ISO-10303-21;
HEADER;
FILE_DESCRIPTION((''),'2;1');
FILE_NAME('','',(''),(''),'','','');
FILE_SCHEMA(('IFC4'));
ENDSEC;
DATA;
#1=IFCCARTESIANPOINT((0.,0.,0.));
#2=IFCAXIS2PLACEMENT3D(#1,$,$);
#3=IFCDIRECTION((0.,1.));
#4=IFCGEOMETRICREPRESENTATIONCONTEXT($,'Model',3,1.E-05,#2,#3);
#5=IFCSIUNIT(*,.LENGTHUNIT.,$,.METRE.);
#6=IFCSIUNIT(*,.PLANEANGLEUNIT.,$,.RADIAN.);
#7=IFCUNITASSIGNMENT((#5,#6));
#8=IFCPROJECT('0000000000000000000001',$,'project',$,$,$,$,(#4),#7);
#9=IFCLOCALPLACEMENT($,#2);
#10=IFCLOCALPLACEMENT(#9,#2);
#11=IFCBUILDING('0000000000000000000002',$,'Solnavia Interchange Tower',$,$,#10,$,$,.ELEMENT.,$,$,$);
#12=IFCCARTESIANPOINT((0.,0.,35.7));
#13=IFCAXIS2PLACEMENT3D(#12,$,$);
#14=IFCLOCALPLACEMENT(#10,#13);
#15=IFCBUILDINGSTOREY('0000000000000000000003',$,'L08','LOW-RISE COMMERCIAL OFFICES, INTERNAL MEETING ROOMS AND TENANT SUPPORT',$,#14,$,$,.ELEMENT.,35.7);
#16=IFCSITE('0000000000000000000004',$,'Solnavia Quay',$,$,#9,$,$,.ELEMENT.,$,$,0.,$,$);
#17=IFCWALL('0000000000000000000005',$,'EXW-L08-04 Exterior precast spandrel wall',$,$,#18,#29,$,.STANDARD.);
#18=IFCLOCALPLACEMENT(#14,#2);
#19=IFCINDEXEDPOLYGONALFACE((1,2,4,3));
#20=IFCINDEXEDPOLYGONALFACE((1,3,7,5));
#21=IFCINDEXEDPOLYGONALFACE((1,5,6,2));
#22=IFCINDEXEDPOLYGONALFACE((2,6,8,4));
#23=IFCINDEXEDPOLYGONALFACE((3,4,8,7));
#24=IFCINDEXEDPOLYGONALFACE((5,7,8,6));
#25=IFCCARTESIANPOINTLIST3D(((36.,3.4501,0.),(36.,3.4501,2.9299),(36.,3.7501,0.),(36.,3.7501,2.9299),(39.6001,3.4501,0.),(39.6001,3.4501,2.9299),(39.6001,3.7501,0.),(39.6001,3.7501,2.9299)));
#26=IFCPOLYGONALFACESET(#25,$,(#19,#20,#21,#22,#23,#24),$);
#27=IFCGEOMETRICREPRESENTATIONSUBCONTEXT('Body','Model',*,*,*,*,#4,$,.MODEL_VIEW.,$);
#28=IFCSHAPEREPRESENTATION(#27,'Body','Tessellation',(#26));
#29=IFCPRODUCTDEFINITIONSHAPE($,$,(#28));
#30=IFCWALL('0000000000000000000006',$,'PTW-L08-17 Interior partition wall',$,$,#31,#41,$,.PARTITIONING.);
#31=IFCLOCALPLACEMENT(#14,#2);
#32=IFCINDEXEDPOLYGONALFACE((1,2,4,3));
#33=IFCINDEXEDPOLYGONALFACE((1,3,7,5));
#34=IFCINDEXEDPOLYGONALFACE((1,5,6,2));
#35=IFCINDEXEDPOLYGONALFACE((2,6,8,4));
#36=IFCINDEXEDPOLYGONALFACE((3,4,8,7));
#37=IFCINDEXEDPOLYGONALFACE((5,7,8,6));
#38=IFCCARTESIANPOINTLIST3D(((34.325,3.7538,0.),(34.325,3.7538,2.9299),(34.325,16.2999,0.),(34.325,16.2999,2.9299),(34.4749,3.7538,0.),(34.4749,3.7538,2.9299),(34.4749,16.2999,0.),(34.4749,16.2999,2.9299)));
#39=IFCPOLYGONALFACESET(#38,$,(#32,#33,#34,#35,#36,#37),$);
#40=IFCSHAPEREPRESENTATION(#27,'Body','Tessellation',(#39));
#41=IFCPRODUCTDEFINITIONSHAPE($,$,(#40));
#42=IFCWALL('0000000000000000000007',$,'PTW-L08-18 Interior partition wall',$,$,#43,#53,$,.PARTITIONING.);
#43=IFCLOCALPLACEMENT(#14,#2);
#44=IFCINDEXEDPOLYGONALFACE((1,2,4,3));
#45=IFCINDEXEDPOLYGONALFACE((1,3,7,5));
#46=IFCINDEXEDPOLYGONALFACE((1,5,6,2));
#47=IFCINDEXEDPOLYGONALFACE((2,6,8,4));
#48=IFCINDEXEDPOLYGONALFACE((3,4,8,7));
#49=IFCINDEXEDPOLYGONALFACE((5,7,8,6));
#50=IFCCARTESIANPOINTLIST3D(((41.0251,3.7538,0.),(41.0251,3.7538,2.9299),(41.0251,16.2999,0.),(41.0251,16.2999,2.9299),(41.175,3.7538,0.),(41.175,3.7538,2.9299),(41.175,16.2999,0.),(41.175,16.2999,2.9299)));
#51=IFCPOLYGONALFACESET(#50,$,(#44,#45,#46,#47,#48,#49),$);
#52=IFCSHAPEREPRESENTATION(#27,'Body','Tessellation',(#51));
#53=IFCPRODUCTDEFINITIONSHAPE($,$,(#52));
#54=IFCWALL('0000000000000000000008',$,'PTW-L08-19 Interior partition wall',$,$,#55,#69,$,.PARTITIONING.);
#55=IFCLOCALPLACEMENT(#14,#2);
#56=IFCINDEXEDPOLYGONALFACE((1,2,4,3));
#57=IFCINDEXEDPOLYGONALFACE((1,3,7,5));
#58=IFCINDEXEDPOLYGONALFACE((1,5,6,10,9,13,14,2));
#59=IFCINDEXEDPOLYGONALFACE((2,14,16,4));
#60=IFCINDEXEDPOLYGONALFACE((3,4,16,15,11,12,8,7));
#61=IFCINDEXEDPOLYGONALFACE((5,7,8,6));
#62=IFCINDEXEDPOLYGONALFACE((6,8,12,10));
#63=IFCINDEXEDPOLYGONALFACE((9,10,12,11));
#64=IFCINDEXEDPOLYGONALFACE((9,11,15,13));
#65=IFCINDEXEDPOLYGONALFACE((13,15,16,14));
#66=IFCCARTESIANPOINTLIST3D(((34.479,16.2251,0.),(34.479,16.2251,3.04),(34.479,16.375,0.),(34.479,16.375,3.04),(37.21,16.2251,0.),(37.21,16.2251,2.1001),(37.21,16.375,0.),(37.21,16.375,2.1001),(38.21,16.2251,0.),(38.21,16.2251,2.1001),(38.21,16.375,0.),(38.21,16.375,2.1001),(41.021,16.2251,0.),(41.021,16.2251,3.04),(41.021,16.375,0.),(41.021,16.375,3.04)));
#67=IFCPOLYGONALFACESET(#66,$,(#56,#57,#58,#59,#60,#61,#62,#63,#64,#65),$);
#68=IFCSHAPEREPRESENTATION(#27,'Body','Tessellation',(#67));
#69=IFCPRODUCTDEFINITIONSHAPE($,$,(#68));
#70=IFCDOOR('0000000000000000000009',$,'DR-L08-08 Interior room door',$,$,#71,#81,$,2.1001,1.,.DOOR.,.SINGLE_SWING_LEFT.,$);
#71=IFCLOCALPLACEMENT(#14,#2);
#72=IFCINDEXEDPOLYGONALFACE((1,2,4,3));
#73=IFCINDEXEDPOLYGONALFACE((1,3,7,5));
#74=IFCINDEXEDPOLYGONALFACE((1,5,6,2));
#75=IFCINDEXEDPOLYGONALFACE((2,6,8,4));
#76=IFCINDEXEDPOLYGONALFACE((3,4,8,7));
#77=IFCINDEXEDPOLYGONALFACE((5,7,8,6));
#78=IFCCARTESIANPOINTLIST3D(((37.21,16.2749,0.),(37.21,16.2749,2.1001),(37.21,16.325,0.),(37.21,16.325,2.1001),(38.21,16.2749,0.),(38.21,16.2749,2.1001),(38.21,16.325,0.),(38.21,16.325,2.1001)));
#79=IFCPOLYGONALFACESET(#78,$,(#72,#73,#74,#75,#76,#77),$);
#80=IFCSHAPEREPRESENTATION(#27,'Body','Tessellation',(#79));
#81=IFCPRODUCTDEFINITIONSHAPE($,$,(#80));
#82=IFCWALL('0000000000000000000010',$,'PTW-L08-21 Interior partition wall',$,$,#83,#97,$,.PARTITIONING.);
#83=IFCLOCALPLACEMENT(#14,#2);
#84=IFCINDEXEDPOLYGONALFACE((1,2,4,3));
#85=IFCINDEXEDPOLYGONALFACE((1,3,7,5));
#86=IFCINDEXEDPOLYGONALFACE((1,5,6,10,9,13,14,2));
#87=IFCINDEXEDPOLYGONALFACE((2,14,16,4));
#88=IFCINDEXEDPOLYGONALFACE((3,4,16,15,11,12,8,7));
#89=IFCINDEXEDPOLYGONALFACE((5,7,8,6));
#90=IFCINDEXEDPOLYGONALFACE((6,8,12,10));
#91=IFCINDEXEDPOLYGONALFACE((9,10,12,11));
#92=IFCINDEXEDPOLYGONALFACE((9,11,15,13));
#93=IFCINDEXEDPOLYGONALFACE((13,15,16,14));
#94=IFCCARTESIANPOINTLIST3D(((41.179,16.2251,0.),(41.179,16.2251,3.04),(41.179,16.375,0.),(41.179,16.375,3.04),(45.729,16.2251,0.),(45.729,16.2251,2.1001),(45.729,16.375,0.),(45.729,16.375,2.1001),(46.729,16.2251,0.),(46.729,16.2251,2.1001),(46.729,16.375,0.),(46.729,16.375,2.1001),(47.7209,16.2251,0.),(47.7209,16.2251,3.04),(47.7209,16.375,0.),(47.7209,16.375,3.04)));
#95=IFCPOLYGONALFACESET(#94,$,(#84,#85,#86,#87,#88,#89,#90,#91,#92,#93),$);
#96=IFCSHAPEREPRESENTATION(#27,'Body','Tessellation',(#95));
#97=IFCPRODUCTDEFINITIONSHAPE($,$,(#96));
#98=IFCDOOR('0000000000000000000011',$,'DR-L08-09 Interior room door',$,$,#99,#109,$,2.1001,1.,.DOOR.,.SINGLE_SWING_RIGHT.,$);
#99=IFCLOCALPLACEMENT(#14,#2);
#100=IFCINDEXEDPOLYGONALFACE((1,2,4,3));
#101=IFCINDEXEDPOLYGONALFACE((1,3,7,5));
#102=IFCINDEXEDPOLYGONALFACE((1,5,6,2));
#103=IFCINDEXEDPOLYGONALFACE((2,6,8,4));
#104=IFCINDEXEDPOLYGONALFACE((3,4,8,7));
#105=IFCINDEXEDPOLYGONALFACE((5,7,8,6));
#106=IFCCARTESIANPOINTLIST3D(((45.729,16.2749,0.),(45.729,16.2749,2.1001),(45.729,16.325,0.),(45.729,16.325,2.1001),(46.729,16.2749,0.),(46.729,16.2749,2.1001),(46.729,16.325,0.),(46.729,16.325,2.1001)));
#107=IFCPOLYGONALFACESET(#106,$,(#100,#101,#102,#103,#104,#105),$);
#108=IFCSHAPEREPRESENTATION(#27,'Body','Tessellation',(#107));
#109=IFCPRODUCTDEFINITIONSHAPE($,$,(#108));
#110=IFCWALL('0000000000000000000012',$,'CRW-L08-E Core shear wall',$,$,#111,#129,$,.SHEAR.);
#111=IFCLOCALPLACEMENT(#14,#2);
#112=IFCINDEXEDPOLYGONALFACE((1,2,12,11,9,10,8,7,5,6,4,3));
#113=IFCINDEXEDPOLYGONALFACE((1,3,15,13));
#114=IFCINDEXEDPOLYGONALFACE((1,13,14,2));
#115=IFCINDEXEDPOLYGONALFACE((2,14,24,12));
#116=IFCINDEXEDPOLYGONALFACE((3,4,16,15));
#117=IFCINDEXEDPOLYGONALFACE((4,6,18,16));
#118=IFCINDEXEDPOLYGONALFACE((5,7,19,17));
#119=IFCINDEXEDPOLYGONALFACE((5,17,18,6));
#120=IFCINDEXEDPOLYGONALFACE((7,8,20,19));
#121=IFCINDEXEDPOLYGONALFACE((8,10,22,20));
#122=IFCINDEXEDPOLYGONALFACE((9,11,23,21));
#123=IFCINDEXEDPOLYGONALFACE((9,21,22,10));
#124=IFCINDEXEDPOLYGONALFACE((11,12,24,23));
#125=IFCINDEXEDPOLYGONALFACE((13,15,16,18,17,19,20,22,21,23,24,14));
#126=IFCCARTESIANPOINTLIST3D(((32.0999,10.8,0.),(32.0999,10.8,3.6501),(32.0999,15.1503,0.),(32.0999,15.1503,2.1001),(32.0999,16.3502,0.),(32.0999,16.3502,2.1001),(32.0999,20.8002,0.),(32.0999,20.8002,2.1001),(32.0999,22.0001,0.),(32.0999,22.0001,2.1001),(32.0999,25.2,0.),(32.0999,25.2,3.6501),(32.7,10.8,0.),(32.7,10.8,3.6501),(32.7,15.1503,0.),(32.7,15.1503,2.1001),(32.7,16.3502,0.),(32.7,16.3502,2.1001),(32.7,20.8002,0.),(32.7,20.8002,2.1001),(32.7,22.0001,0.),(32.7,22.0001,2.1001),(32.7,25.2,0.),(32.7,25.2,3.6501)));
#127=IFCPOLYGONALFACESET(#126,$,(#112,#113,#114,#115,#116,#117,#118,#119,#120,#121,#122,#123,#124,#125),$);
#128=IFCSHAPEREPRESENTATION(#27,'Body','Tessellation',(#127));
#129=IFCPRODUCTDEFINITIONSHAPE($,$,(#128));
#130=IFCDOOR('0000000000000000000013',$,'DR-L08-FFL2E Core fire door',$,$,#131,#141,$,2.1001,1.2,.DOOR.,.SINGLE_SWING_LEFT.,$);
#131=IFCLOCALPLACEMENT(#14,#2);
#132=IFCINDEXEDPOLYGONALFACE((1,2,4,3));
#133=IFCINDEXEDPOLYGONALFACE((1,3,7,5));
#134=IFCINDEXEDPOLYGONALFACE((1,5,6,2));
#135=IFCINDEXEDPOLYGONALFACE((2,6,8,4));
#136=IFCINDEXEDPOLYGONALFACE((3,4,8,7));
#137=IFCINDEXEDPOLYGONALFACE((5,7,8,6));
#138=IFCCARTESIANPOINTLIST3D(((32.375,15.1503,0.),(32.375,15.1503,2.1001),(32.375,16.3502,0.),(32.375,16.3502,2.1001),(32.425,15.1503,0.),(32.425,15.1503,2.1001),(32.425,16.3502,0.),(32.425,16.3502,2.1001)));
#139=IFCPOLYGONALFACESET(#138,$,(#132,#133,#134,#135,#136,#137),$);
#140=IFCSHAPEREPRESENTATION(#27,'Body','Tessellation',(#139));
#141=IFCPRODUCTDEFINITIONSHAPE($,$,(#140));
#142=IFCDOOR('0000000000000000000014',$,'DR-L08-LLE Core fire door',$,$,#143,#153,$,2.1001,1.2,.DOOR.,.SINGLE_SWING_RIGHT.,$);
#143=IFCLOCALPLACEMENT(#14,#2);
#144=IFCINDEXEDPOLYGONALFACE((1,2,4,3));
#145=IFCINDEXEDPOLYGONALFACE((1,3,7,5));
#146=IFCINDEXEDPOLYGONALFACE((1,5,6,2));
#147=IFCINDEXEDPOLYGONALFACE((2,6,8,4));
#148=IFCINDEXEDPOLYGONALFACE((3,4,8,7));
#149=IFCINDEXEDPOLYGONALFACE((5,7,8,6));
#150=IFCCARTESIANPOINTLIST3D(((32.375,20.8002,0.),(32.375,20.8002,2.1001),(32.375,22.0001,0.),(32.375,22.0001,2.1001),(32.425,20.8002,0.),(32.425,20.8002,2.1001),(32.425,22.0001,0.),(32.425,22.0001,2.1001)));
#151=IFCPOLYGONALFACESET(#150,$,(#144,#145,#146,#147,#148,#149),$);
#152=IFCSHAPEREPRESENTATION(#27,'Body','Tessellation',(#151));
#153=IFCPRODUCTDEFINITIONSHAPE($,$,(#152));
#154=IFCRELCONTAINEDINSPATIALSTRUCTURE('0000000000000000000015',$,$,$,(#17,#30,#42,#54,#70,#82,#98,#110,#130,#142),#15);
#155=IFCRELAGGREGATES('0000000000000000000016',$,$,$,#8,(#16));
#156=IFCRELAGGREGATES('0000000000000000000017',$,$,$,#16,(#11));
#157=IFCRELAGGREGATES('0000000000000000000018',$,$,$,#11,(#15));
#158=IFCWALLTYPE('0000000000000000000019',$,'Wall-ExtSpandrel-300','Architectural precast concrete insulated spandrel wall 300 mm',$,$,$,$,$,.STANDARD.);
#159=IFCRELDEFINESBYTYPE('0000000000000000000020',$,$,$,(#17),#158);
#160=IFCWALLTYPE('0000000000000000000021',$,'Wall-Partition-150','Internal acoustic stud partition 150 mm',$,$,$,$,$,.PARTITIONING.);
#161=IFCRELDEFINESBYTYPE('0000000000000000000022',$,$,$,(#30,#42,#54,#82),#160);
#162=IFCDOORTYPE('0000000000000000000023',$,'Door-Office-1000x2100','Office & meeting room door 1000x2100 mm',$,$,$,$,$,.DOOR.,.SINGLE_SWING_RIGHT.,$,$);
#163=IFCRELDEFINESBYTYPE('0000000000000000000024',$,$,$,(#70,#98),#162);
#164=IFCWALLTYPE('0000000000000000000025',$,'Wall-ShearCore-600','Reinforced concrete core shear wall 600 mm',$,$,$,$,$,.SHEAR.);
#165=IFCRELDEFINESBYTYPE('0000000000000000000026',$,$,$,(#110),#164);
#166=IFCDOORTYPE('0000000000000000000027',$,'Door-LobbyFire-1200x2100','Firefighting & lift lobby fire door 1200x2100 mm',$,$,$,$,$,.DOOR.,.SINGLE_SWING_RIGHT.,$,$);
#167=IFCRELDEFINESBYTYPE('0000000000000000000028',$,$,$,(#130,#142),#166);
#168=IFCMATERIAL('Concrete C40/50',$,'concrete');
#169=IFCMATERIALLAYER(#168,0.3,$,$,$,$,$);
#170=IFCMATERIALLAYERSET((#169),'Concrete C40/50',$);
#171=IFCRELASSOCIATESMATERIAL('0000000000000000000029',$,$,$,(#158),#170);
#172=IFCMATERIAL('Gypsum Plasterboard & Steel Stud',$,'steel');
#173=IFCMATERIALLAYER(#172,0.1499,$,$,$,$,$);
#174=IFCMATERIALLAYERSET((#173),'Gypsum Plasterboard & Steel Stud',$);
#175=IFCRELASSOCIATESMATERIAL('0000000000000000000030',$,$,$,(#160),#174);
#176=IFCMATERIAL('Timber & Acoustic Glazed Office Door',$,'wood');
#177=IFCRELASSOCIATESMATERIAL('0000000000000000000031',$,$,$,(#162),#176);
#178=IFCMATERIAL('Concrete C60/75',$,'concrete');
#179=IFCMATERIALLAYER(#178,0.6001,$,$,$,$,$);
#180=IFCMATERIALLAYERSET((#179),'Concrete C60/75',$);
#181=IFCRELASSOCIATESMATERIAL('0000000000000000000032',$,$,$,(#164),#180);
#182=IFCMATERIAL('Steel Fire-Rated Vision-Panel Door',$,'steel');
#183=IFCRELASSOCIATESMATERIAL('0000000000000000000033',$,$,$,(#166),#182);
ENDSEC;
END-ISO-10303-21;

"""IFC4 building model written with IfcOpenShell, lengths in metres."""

from ifc_helpers import new_model, si_unit, direction, frame, frame_2d, origin, place, context, subcontext, project, spatial, rectangle, extrude, material, layer, layer_set, type_object, element, fill, save


model = new_model("IFC4")

# Units and contexts
model_context = context("Model", 3, precision=1e-05, world=origin(), true_north=direction((0.0, 1.0)))
body_context = subcontext(model_context, "Body", "Model", "MODEL_VIEW")
ifc_project = project(units=[si_unit("LENGTHUNIT", "METRE"), si_unit("PLANEANGLEUNIT", "RADIAN")], contexts=[model_context])

# Site, building, storey
site_placement = place(None, origin())
site = spatial("IfcSite", under=ifc_project, at=site_placement, Name="Solnavia Quay", CompositionType="ELEMENT", RefElevation=0.0)
building_placement = place(site_placement, origin())
building = spatial("IfcBuilding", under=site, at=building_placement, Name="Solnavia Interchange Tower", CompositionType="ELEMENT")
storey_placement = place(building_placement, frame((0.0, 0.0, 35.7)))
storey = spatial("IfcBuildingStorey", under=building, at=storey_placement, Name="L08", Description="LOW-RISE COMMERCIAL OFFICES, INTERNAL MEETING ROOMS AND TENANT SUPPORT", CompositionType="ELEMENT", Elevation=35.7)

# Shared definitions
ifc_material_1 = material(Name="Concrete C60/75", Category="concrete")

# Walls
ifc_material_2 = material(Name="Concrete C40/50", Category="concrete")
ifc_layer_1 = layer(ifc_material_2, 0.3)
ifc_layer_set_1 = layer_set([ifc_layer_1], Name="Concrete C40/50")
wall_type_1 = type_object("IfcWallType", Name="Wall-ExtSpandrel-300", Description="Architectural precast concrete insulated spandrel wall 300 mm", PredefinedType="STANDARD", material=ifc_layer_set_1)
for number, where, z_axis, x_axis, name in (
    (1, (39.6001, 3.6001, 0.0), (0.0, 0.0, 1.0), (-1.0, 0.0, 0.0), "EXW-L08-04 Exterior precast spandrel wall"),
):
    element("IfcWall", number, at=place(storey_placement, frame(where, z_axis=z_axis, x_axis=x_axis)), inside=storey, type_object=wall_type_1, Name=name, PredefinedType="STANDARD", context=body_context, shape_type="SweptSolid", body=[
        extrude(rectangle(XDim=3.6001, YDim=0.3, at=frame_2d((1.8, 0.0))), origin(), (0.0, 0.0, 1.0), 2.9299),
    ])
ifc_material_3 = material(Name="Gypsum Plasterboard & Steel Stud", Category="steel")
ifc_layer_2 = layer(ifc_material_3, 0.1499)
ifc_layer_set_2 = layer_set([ifc_layer_2], Name="Gypsum Plasterboard & Steel Stud")
wall_type_2 = type_object("IfcWallType", Name="Wall-Partition-150", Description="Internal acoustic stud partition 150 mm", PredefinedType="PARTITIONING", material=ifc_layer_set_2)
for number, where, z_axis, x_axis, name in (
    (2, (34.3999, 3.7539, 0.0), (0.0, 0.0, 1.0), (0.0, 1.0, 0.0), "PTW-L08-17 Interior partition wall"),
    (3, (41.1001, 3.7539, 0.0), (0.0, 0.0, 1.0), (0.0, 1.0, 0.0), "PTW-L08-18 Interior partition wall"),
):
    element("IfcWall", number, at=place(storey_placement, frame(where, z_axis=z_axis, x_axis=x_axis)), inside=storey, type_object=wall_type_2, Name=name, PredefinedType="PARTITIONING", context=body_context, shape_type="SweptSolid", body=[
        extrude(rectangle(XDim=12.5461, YDim=0.1499, at=frame_2d((6.2729, 0.0))), origin(), (0.0, 0.0, 1.0), 2.9299),
    ])

# Walls, openings, doors
wall_1_placement = place(storey_placement, frame((34.479, 16.3, 0.0), z_axis=(0.0, 0.0, 1.0), x_axis=(1.0, 0.0, 0.0)))
wall_1 = element("IfcWall", 4, at=wall_1_placement, inside=storey, type_object=wall_type_2, Name="PTW-L08-19 Interior partition wall", PredefinedType="PARTITIONING", context=body_context, shape_type="SweptSolid", body=[
    extrude(rectangle(XDim=6.542, YDim=0.1499, at=frame_2d((3.271, 0.0))), origin(), (0.0, 0.0, 1.0), 3.04),
])
opening_1_placement = place(wall_1_placement, frame((2.731, 0.0, 0.0)))
opening_1 = element("IfcOpeningElement", 5, at=opening_1_placement, cuts=wall_1, PredefinedType="OPENING", context=body_context, shape_type="SweptSolid", body=[
    extrude(rectangle(XDim=1.0, YDim=2.1001, at=frame_2d((0.5, 1.05))), frame((0.0, 0.085, 0.0), z_axis=(0.0, -1.0, 0.0), x_axis=(1.0, 0.0, 0.0)), (0.0, 0.0, 1.0), 0.1699),
])
ifc_material_4 = material(Name="Timber & Acoustic Glazed Office Door", Category="wood")
door_type_1 = type_object("IfcDoorType", Name="Door-Office-1000x2100", Description="Office & meeting room door 1000x2100 mm", OperationType="SINGLE_SWING_RIGHT", PredefinedType="DOOR", material=ifc_material_4)
door_1_placement = place(opening_1_placement, origin())
door_1 = element("IfcDoor", 6, at=door_1_placement, inside=storey, type_object=door_type_1, Name="DR-L08-08 Interior room door", OperationType="SINGLE_SWING_LEFT", OverallHeight=2.1001, OverallWidth=1.0, PredefinedType="DOOR", context=body_context, shape_type="SweptSolid", body=[
    extrude(rectangle(XDim=1.0, YDim=2.1001, at=frame_2d((0.5, 1.05))), frame((0.0, 0.0249, 0.0), z_axis=(0.0, -1.0, 0.0), x_axis=(1.0, 0.0, 0.0)), (0.0, 0.0, 1.0), 0.05),
])
fill(opening_1, door_1)
wall_2_placement = place(storey_placement, frame((41.179, 16.3, 0.0), z_axis=(0.0, 0.0, 1.0), x_axis=(1.0, 0.0, 0.0)))
wall_2 = element("IfcWall", 7, at=wall_2_placement, inside=storey, type_object=wall_type_2, Name="PTW-L08-21 Interior partition wall", PredefinedType="PARTITIONING", context=body_context, shape_type="SweptSolid", body=[
    extrude(rectangle(XDim=6.542, YDim=0.1499, at=frame_2d((3.271, 0.0))), origin(), (0.0, 0.0, 1.0), 3.04),
])
opening_2_placement = place(wall_2_placement, frame((4.55, 0.0, 0.0)))
opening_2 = element("IfcOpeningElement", 8, at=opening_2_placement, cuts=wall_2, PredefinedType="OPENING", context=body_context, shape_type="SweptSolid", body=[
    extrude(rectangle(XDim=1.0, YDim=2.1001, at=frame_2d((0.5, 1.05))), frame((0.0, 0.085, 0.0), z_axis=(0.0, -1.0, 0.0), x_axis=(1.0, 0.0, 0.0)), (0.0, 0.0, 1.0), 0.1699),
])
door_2_placement = place(opening_2_placement, origin())
door_2 = element("IfcDoor", 9, at=door_2_placement, inside=storey, type_object=door_type_1, Name="DR-L08-09 Interior room door", OperationType="SINGLE_SWING_RIGHT", OverallHeight=2.1001, OverallWidth=1.0, PredefinedType="DOOR", context=body_context, shape_type="SweptSolid", body=[
    extrude(rectangle(XDim=1.0, YDim=2.1001, at=frame_2d((0.5, 1.05))), frame((0.0, 0.0249, 0.0), z_axis=(0.0, -1.0, 0.0), x_axis=(1.0, 0.0, 0.0)), (0.0, 0.0, 1.0), 0.05),
])
fill(opening_2, door_2)

# Wall, openings, doors
ifc_layer_3 = layer(ifc_material_1, 0.6001)
ifc_layer_set_3 = layer_set([ifc_layer_3], Name="Concrete C60/75")
wall_type_3 = type_object("IfcWallType", Name="Wall-ShearCore-600", Description="Reinforced concrete core shear wall 600 mm", PredefinedType="SHEAR", material=ifc_layer_set_3)
wall_3_placement = place(storey_placement, frame((32.3999, 10.8, 0.0), z_axis=(0.0, 0.0, 1.0), x_axis=(0.0, 1.0, 0.0)))
wall_3 = element("IfcWall", 10, at=wall_3_placement, inside=storey, type_object=wall_type_3, Name="CRW-L08-E Core shear wall", PredefinedType="SHEAR", context=body_context, shape_type="SweptSolid", body=[
    extrude(rectangle(XDim=14.3999, YDim=0.6001, at=frame_2d((7.2, 0.0))), origin(), (0.0, 0.0, 1.0), 3.6501),
])
opening_3_placement = place(wall_3_placement, frame((4.3501, 0.0, 0.0)))
opening_3 = element("IfcOpeningElement", 11, at=opening_3_placement, cuts=wall_3, PredefinedType="OPENING", context=body_context, shape_type="SweptSolid", body=[
    extrude(rectangle(XDim=1.2, YDim=2.1001, at=frame_2d((0.6001, 1.05))), frame((0.0, 0.3101, 0.0), z_axis=(0.0, -1.0, 0.0), x_axis=(1.0, 0.0, 0.0)), (0.0, 0.0, 1.0), 0.6201),
])
opening_4_placement = place(wall_3_placement, frame((10.0, 0.0, 0.0)))
opening_4 = element("IfcOpeningElement", 12, at=opening_4_placement, cuts=wall_3, PredefinedType="OPENING", context=body_context, shape_type="SweptSolid", body=[
    extrude(rectangle(XDim=1.2, YDim=2.1001, at=frame_2d((0.6001, 1.05))), frame((0.0, 0.3101, 0.0), z_axis=(0.0, -1.0, 0.0), x_axis=(1.0, 0.0, 0.0)), (0.0, 0.0, 1.0), 0.6201),
])
ifc_material_5 = material(Name="Steel Fire-Rated Vision-Panel Door", Category="steel")
door_type_2 = type_object("IfcDoorType", Name="Door-LobbyFire-1200x2100", Description="Firefighting & lift lobby fire door 1200x2100 mm", OperationType="SINGLE_SWING_RIGHT", PredefinedType="DOOR", material=ifc_material_5)
door_3_placement = place(opening_3_placement, origin())
door_3 = element("IfcDoor", 13, at=door_3_placement, inside=storey, type_object=door_type_2, Name="DR-L08-FFL2E Core fire door", OperationType="SINGLE_SWING_LEFT", OverallHeight=2.1001, OverallWidth=1.2, PredefinedType="DOOR", context=body_context, shape_type="SweptSolid", body=[
    extrude(rectangle(XDim=1.2, YDim=2.1001, at=frame_2d((0.6001, 1.05))), frame((0.0, 0.0249, 0.0), z_axis=(0.0, -1.0, 0.0), x_axis=(1.0, 0.0, 0.0)), (0.0, 0.0, 1.0), 0.05),
])
fill(opening_3, door_3)
door_4_placement = place(opening_4_placement, origin())
door_4 = element("IfcDoor", 14, at=door_4_placement, inside=storey, type_object=door_type_2, Name="DR-L08-LLE Core fire door", OperationType="SINGLE_SWING_RIGHT", OverallHeight=2.1001, OverallWidth=1.2, PredefinedType="DOOR", context=body_context, shape_type="SweptSolid", body=[
    extrude(rectangle(XDim=1.2, YDim=2.1001, at=frame_2d((0.6001, 1.05))), frame((0.0, 0.0249, 0.0), z_axis=(0.0, -1.0, 0.0), x_axis=(1.0, 0.0, 0.0)), (0.0, 0.0, 1.0), 0.05),
])
fill(opening_4, door_4)

save(model, "model.ifc")
